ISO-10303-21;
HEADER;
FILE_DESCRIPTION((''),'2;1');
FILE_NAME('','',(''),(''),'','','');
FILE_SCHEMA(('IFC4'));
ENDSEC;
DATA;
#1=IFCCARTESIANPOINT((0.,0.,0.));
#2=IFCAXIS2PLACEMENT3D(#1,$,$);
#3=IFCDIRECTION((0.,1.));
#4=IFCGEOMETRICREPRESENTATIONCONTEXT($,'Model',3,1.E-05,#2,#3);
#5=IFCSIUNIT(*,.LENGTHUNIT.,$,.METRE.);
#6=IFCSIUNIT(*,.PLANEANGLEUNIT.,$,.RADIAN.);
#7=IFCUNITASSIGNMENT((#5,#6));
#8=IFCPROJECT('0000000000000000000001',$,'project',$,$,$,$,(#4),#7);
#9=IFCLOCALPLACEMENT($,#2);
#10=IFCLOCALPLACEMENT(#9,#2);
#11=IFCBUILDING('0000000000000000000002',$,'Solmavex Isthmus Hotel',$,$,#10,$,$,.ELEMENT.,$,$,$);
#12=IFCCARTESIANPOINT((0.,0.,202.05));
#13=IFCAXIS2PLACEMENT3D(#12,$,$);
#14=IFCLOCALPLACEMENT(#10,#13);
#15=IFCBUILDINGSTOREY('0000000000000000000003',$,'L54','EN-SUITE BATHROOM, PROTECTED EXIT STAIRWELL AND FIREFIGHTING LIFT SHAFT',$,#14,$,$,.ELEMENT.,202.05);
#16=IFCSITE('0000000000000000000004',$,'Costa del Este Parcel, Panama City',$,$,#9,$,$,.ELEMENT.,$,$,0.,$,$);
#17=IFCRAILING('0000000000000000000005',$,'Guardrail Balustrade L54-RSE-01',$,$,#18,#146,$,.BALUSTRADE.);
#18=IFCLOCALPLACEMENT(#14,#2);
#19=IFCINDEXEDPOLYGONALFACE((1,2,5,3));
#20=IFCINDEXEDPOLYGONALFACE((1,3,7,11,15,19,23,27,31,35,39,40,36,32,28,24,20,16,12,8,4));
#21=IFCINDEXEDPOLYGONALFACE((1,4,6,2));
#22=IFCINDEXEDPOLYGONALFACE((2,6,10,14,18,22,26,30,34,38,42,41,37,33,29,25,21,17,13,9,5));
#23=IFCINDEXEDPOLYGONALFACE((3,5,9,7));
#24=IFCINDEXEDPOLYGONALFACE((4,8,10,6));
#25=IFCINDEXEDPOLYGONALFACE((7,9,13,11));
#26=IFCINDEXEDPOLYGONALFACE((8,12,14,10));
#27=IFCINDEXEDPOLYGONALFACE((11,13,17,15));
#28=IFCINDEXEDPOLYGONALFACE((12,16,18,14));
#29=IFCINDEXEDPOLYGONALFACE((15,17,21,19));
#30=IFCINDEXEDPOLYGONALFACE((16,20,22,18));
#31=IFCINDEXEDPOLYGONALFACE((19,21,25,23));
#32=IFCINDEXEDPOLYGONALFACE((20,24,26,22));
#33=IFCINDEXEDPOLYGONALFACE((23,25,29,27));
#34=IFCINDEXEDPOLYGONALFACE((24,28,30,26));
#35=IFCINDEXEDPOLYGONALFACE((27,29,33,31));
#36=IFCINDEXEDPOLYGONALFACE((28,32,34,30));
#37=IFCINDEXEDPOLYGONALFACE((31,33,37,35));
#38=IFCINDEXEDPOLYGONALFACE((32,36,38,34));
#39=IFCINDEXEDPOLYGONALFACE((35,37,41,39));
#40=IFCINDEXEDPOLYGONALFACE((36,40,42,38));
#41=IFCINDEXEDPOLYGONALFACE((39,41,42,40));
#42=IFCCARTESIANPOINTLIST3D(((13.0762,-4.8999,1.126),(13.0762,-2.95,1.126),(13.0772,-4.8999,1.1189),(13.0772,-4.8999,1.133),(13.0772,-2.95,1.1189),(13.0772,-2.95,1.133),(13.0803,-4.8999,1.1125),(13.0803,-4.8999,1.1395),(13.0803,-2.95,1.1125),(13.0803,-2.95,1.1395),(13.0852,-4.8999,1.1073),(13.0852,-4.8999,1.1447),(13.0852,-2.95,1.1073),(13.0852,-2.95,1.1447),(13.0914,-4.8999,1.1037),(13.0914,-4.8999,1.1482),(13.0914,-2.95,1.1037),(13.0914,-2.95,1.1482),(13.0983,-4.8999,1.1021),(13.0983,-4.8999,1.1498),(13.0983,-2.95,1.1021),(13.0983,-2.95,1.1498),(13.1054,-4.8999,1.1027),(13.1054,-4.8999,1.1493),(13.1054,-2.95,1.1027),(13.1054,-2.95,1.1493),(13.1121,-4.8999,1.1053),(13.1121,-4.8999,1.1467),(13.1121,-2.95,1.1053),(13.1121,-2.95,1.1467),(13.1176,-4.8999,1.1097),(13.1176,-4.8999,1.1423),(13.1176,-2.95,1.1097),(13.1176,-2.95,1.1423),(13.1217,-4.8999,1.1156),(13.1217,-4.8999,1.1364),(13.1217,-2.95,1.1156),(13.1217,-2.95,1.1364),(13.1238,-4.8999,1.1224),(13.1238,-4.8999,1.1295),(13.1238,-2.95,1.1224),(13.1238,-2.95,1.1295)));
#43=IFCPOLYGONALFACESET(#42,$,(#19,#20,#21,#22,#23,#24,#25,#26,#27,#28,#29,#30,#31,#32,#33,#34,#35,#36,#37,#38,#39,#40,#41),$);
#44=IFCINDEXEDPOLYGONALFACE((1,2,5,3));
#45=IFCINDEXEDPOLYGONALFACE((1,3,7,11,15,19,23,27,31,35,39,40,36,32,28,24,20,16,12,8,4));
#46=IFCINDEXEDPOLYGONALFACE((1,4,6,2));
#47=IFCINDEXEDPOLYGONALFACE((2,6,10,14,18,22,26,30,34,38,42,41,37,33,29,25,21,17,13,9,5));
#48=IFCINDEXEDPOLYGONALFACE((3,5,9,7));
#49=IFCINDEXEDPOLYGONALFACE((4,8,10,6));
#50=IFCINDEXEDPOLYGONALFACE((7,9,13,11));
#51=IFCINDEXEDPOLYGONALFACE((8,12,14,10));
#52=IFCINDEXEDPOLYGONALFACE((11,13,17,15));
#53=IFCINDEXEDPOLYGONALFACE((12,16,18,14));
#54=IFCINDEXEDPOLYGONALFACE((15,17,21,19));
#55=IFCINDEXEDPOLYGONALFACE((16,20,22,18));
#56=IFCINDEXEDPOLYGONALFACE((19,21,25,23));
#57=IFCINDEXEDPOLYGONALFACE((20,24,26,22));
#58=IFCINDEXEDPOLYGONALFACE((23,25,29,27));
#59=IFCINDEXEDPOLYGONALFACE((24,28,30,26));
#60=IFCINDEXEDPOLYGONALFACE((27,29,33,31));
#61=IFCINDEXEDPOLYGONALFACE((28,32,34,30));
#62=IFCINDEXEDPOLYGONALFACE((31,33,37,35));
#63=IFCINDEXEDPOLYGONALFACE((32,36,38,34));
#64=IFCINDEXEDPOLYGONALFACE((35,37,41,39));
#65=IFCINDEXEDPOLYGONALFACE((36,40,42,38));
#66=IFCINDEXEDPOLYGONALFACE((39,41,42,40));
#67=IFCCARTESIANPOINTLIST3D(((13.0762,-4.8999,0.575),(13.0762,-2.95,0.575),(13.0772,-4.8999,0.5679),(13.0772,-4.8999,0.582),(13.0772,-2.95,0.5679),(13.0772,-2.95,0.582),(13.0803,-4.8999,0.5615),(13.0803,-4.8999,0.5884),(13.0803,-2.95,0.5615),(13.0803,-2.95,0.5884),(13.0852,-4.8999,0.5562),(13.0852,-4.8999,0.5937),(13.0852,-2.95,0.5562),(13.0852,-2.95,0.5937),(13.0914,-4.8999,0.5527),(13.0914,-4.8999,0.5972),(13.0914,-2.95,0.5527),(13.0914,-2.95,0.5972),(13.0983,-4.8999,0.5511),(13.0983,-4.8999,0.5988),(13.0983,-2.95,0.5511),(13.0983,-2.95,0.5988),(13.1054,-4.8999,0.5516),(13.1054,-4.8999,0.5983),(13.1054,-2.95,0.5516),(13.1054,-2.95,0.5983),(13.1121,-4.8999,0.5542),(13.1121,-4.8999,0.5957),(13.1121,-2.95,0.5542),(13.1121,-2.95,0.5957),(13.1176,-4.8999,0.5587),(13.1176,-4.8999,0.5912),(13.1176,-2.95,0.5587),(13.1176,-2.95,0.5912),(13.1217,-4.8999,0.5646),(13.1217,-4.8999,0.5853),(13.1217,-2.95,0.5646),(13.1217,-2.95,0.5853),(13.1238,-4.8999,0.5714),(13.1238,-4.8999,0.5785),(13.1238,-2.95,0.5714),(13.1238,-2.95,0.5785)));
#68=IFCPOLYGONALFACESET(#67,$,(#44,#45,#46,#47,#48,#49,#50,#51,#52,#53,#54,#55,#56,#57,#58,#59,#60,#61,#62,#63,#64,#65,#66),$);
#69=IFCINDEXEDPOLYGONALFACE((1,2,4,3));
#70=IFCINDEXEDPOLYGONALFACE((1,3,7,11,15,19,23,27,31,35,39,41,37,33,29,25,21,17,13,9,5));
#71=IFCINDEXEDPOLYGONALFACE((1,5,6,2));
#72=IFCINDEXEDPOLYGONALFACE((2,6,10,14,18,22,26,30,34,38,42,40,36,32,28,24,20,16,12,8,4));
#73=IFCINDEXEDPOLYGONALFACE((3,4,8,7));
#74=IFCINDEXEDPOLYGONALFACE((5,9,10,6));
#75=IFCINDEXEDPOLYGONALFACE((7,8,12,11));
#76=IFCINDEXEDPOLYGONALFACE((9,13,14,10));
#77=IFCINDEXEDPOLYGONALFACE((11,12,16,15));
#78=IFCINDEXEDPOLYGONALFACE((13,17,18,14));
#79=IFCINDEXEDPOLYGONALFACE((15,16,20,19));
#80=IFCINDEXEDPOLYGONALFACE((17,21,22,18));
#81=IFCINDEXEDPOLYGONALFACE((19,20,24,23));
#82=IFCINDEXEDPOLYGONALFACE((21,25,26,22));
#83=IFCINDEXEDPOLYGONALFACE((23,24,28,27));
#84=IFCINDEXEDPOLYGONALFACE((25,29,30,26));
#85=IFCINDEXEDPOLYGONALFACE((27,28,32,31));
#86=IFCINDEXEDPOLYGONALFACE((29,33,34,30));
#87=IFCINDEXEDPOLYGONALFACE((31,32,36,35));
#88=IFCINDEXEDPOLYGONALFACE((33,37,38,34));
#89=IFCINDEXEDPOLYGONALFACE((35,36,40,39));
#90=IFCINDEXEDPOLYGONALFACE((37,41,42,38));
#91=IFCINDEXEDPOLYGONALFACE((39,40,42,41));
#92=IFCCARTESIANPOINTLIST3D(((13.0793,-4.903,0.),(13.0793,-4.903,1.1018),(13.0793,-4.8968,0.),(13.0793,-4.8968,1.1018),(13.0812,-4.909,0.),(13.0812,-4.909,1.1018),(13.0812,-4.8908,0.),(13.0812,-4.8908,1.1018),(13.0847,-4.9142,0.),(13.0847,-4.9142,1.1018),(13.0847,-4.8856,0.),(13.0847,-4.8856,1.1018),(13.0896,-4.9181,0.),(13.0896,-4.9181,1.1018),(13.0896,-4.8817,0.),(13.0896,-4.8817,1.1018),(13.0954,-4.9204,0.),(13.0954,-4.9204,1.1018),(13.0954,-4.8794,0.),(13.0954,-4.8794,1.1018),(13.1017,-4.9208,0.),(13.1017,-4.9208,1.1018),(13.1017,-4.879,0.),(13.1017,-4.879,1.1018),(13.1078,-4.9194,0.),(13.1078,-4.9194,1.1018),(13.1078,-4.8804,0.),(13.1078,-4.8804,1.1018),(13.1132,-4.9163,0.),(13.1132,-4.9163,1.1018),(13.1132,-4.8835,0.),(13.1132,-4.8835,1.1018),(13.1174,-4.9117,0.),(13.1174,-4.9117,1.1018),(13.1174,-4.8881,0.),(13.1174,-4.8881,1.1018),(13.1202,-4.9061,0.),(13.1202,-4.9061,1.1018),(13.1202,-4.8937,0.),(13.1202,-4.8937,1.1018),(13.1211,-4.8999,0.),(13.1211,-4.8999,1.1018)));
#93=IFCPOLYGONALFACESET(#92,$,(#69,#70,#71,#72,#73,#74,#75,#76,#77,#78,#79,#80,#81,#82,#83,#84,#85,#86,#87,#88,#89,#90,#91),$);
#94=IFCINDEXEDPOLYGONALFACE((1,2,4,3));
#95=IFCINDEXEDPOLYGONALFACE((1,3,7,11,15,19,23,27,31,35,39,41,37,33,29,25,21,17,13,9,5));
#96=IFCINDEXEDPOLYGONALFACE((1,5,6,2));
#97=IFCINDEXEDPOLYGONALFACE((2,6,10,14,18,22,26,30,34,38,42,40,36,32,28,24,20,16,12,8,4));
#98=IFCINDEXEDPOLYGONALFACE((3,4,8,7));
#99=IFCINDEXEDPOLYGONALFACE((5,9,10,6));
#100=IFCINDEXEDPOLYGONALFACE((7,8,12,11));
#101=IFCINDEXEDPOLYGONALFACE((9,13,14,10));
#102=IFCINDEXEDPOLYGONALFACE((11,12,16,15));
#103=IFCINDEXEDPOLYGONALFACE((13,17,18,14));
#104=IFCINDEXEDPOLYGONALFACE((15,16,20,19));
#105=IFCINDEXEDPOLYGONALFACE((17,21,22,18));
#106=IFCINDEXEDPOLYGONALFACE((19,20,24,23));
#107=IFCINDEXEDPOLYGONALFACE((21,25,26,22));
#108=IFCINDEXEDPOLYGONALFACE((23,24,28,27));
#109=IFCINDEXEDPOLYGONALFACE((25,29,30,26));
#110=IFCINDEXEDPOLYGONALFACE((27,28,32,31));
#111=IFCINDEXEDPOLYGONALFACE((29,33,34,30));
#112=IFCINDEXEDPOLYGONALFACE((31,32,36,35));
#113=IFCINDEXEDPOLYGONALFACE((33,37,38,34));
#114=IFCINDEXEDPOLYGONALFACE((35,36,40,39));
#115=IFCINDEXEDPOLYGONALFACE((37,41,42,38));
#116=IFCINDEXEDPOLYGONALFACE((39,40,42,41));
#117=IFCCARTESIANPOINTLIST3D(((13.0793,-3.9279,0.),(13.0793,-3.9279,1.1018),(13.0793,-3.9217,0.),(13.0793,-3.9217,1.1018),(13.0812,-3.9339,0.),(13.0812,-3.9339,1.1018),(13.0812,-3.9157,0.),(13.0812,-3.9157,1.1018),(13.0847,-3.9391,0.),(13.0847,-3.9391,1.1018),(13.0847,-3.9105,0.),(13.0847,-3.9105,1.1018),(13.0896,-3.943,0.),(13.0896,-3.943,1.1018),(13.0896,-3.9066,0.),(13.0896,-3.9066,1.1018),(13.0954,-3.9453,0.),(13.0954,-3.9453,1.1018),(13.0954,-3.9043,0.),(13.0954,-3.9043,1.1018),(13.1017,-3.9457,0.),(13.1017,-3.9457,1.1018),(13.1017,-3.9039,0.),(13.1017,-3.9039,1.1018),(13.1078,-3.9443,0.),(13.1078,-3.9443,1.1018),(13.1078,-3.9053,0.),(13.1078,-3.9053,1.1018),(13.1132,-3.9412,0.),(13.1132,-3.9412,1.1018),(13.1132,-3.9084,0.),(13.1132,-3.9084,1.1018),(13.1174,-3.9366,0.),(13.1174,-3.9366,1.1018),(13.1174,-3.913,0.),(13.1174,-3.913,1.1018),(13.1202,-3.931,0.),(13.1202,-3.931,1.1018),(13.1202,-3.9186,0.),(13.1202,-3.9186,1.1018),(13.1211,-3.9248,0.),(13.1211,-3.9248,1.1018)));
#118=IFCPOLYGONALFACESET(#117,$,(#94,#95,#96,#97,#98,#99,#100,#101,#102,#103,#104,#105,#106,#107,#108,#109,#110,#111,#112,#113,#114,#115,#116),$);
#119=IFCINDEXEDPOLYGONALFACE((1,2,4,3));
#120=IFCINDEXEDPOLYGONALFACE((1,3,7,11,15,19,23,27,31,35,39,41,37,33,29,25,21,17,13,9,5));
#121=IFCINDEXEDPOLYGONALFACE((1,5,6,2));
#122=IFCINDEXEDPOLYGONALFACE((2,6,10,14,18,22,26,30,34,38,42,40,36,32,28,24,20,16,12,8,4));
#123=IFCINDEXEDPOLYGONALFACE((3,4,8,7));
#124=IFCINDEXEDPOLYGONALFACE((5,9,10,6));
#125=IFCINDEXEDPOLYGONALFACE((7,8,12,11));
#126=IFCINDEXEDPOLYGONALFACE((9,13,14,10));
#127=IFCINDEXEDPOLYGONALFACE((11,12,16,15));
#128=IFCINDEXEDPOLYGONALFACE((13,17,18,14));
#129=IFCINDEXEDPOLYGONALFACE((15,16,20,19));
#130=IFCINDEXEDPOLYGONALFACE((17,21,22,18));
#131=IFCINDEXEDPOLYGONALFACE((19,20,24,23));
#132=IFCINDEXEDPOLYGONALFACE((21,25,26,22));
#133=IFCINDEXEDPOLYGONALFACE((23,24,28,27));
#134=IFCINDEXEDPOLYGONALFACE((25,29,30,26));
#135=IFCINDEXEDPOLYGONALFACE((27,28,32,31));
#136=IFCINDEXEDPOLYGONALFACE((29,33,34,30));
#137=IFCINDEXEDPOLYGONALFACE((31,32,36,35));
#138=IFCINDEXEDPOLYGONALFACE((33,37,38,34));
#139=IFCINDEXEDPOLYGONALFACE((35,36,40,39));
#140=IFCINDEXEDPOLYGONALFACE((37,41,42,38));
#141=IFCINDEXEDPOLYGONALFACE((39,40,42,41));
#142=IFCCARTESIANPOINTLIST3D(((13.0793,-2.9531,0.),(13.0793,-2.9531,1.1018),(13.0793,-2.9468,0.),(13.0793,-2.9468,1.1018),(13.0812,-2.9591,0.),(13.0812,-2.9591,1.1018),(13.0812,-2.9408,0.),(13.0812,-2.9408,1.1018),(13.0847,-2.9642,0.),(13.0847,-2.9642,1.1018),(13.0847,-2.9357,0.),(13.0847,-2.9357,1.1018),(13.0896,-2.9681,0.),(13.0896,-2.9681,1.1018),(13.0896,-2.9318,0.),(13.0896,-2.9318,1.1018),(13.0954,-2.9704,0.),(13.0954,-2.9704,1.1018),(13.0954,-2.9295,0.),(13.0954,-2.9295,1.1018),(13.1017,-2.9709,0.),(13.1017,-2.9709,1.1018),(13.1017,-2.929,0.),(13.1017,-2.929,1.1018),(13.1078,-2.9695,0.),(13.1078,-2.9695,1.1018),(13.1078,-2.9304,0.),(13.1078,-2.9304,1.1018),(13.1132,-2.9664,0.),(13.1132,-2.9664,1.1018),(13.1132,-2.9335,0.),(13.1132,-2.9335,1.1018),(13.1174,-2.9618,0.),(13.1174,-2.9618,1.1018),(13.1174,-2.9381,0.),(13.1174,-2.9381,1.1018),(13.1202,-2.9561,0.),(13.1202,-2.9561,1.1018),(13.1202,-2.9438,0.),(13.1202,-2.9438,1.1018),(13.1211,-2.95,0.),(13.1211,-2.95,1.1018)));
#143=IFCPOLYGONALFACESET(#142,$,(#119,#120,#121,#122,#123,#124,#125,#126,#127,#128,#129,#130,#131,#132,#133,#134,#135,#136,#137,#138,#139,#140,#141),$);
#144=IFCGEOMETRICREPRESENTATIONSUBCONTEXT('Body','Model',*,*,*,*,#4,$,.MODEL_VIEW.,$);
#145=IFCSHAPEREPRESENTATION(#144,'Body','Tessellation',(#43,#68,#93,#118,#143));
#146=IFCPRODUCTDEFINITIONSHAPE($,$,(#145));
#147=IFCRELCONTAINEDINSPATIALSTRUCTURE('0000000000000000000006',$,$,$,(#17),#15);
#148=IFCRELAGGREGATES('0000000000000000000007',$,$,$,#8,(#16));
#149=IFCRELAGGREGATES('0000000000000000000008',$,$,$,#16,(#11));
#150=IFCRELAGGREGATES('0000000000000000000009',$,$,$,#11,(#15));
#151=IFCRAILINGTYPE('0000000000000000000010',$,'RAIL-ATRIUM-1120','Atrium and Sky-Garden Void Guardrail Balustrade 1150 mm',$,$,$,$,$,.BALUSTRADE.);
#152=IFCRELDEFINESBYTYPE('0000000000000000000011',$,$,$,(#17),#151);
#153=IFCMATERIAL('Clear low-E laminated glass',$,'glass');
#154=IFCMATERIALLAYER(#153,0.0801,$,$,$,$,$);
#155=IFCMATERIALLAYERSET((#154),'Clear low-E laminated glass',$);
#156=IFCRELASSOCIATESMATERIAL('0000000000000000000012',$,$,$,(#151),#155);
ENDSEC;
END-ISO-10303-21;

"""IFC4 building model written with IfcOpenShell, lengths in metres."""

from ifc_helpers import new_model, si_unit, direction, frame, origin, origin_2d, place, context, subcontext, project, spatial, circle, extrude, material, layer, layer_set, type_object, element, save


model = new_model("IFC4")

# Units and contexts
model_context = context("Model", 3, precision=1e-05, world=origin(), true_north=direction((0.0, 1.0)))
body_context = subcontext(model_context, "Body", "Model", "MODEL_VIEW")
ifc_project = project(units=[si_unit("LENGTHUNIT", "METRE"), si_unit("PLANEANGLEUNIT", "RADIAN")], contexts=[model_context])

# Site, building, storey
site_placement = place(None, origin())
site = spatial("IfcSite", under=ifc_project, at=site_placement, Name="Costa del Este Parcel, Panama City", CompositionType="ELEMENT", RefElevation=0.0)
building_placement = place(site_placement, origin())
building = spatial("IfcBuilding", under=site, at=building_placement, Name="Solmavex Isthmus Hotel", CompositionType="ELEMENT")
storey_placement = place(building_placement, frame((0.0, 0.0, 202.05)))
storey = spatial("IfcBuildingStorey", under=building, at=storey_placement, Name="L54", Description="EN-SUITE BATHROOM, PROTECTED EXIT STAIRWELL AND FIREFIGHTING LIFT SHAFT", CompositionType="ELEMENT", Elevation=202.05)

# Shared definitions
ifc_material_1 = material(Name="Clear low-E laminated glass", Category="glass")

# Railing
ifc_layer_1 = layer(ifc_material_1, 0.0801)
ifc_layer_set_1 = layer_set([ifc_layer_1], Name="Clear low-E laminated glass")
railing_type_1 = type_object("IfcRailingType", Name="RAIL-ATRIUM-1120", Description="Atrium and Sky-Garden Void Guardrail Balustrade 1150 mm", PredefinedType="BALUSTRADE", material=ifc_layer_set_1)
railing_1_placement = place(storey_placement, frame((13.1001, -4.8999, 0.0)))
element("IfcRailing", 1, at=railing_1_placement, inside=storey, type_object=railing_type_1, Name="Guardrail Balustrade L54-RSE-01", PredefinedType="BALUSTRADE", context=body_context, shape_type="SweptSolid", body=[
    extrude(circle(Radius=0.0239, at=origin_2d()), frame((0.0, 0.0, 1.126), z_axis=(0.0, 1.0, 0.0), x_axis=(-1.0, 0.0, 0.0)), (0.0, 0.0, 1.0), 1.95),
    extrude(circle(Radius=0.0239, at=origin_2d()), frame((0.0, 0.0, 0.575), z_axis=(0.0, 1.0, 0.0), x_axis=(-1.0, 0.0, 0.0)), (0.0, 0.0, 1.0), 1.95),
    extrude(circle(Radius=0.021, at=origin_2d()), origin(), (0.0, 0.0, 1.0), 1.1018),
    extrude(circle(Radius=0.021, at=origin_2d()), frame((0.0, 0.9751, 0.0)), (0.0, 0.0, 1.0), 1.1018),
    extrude(circle(Radius=0.021, at=origin_2d()), frame((0.0, 1.95, 0.0)), (0.0, 0.0, 1.0), 1.1018),
])

save(model, "model.ifc")
